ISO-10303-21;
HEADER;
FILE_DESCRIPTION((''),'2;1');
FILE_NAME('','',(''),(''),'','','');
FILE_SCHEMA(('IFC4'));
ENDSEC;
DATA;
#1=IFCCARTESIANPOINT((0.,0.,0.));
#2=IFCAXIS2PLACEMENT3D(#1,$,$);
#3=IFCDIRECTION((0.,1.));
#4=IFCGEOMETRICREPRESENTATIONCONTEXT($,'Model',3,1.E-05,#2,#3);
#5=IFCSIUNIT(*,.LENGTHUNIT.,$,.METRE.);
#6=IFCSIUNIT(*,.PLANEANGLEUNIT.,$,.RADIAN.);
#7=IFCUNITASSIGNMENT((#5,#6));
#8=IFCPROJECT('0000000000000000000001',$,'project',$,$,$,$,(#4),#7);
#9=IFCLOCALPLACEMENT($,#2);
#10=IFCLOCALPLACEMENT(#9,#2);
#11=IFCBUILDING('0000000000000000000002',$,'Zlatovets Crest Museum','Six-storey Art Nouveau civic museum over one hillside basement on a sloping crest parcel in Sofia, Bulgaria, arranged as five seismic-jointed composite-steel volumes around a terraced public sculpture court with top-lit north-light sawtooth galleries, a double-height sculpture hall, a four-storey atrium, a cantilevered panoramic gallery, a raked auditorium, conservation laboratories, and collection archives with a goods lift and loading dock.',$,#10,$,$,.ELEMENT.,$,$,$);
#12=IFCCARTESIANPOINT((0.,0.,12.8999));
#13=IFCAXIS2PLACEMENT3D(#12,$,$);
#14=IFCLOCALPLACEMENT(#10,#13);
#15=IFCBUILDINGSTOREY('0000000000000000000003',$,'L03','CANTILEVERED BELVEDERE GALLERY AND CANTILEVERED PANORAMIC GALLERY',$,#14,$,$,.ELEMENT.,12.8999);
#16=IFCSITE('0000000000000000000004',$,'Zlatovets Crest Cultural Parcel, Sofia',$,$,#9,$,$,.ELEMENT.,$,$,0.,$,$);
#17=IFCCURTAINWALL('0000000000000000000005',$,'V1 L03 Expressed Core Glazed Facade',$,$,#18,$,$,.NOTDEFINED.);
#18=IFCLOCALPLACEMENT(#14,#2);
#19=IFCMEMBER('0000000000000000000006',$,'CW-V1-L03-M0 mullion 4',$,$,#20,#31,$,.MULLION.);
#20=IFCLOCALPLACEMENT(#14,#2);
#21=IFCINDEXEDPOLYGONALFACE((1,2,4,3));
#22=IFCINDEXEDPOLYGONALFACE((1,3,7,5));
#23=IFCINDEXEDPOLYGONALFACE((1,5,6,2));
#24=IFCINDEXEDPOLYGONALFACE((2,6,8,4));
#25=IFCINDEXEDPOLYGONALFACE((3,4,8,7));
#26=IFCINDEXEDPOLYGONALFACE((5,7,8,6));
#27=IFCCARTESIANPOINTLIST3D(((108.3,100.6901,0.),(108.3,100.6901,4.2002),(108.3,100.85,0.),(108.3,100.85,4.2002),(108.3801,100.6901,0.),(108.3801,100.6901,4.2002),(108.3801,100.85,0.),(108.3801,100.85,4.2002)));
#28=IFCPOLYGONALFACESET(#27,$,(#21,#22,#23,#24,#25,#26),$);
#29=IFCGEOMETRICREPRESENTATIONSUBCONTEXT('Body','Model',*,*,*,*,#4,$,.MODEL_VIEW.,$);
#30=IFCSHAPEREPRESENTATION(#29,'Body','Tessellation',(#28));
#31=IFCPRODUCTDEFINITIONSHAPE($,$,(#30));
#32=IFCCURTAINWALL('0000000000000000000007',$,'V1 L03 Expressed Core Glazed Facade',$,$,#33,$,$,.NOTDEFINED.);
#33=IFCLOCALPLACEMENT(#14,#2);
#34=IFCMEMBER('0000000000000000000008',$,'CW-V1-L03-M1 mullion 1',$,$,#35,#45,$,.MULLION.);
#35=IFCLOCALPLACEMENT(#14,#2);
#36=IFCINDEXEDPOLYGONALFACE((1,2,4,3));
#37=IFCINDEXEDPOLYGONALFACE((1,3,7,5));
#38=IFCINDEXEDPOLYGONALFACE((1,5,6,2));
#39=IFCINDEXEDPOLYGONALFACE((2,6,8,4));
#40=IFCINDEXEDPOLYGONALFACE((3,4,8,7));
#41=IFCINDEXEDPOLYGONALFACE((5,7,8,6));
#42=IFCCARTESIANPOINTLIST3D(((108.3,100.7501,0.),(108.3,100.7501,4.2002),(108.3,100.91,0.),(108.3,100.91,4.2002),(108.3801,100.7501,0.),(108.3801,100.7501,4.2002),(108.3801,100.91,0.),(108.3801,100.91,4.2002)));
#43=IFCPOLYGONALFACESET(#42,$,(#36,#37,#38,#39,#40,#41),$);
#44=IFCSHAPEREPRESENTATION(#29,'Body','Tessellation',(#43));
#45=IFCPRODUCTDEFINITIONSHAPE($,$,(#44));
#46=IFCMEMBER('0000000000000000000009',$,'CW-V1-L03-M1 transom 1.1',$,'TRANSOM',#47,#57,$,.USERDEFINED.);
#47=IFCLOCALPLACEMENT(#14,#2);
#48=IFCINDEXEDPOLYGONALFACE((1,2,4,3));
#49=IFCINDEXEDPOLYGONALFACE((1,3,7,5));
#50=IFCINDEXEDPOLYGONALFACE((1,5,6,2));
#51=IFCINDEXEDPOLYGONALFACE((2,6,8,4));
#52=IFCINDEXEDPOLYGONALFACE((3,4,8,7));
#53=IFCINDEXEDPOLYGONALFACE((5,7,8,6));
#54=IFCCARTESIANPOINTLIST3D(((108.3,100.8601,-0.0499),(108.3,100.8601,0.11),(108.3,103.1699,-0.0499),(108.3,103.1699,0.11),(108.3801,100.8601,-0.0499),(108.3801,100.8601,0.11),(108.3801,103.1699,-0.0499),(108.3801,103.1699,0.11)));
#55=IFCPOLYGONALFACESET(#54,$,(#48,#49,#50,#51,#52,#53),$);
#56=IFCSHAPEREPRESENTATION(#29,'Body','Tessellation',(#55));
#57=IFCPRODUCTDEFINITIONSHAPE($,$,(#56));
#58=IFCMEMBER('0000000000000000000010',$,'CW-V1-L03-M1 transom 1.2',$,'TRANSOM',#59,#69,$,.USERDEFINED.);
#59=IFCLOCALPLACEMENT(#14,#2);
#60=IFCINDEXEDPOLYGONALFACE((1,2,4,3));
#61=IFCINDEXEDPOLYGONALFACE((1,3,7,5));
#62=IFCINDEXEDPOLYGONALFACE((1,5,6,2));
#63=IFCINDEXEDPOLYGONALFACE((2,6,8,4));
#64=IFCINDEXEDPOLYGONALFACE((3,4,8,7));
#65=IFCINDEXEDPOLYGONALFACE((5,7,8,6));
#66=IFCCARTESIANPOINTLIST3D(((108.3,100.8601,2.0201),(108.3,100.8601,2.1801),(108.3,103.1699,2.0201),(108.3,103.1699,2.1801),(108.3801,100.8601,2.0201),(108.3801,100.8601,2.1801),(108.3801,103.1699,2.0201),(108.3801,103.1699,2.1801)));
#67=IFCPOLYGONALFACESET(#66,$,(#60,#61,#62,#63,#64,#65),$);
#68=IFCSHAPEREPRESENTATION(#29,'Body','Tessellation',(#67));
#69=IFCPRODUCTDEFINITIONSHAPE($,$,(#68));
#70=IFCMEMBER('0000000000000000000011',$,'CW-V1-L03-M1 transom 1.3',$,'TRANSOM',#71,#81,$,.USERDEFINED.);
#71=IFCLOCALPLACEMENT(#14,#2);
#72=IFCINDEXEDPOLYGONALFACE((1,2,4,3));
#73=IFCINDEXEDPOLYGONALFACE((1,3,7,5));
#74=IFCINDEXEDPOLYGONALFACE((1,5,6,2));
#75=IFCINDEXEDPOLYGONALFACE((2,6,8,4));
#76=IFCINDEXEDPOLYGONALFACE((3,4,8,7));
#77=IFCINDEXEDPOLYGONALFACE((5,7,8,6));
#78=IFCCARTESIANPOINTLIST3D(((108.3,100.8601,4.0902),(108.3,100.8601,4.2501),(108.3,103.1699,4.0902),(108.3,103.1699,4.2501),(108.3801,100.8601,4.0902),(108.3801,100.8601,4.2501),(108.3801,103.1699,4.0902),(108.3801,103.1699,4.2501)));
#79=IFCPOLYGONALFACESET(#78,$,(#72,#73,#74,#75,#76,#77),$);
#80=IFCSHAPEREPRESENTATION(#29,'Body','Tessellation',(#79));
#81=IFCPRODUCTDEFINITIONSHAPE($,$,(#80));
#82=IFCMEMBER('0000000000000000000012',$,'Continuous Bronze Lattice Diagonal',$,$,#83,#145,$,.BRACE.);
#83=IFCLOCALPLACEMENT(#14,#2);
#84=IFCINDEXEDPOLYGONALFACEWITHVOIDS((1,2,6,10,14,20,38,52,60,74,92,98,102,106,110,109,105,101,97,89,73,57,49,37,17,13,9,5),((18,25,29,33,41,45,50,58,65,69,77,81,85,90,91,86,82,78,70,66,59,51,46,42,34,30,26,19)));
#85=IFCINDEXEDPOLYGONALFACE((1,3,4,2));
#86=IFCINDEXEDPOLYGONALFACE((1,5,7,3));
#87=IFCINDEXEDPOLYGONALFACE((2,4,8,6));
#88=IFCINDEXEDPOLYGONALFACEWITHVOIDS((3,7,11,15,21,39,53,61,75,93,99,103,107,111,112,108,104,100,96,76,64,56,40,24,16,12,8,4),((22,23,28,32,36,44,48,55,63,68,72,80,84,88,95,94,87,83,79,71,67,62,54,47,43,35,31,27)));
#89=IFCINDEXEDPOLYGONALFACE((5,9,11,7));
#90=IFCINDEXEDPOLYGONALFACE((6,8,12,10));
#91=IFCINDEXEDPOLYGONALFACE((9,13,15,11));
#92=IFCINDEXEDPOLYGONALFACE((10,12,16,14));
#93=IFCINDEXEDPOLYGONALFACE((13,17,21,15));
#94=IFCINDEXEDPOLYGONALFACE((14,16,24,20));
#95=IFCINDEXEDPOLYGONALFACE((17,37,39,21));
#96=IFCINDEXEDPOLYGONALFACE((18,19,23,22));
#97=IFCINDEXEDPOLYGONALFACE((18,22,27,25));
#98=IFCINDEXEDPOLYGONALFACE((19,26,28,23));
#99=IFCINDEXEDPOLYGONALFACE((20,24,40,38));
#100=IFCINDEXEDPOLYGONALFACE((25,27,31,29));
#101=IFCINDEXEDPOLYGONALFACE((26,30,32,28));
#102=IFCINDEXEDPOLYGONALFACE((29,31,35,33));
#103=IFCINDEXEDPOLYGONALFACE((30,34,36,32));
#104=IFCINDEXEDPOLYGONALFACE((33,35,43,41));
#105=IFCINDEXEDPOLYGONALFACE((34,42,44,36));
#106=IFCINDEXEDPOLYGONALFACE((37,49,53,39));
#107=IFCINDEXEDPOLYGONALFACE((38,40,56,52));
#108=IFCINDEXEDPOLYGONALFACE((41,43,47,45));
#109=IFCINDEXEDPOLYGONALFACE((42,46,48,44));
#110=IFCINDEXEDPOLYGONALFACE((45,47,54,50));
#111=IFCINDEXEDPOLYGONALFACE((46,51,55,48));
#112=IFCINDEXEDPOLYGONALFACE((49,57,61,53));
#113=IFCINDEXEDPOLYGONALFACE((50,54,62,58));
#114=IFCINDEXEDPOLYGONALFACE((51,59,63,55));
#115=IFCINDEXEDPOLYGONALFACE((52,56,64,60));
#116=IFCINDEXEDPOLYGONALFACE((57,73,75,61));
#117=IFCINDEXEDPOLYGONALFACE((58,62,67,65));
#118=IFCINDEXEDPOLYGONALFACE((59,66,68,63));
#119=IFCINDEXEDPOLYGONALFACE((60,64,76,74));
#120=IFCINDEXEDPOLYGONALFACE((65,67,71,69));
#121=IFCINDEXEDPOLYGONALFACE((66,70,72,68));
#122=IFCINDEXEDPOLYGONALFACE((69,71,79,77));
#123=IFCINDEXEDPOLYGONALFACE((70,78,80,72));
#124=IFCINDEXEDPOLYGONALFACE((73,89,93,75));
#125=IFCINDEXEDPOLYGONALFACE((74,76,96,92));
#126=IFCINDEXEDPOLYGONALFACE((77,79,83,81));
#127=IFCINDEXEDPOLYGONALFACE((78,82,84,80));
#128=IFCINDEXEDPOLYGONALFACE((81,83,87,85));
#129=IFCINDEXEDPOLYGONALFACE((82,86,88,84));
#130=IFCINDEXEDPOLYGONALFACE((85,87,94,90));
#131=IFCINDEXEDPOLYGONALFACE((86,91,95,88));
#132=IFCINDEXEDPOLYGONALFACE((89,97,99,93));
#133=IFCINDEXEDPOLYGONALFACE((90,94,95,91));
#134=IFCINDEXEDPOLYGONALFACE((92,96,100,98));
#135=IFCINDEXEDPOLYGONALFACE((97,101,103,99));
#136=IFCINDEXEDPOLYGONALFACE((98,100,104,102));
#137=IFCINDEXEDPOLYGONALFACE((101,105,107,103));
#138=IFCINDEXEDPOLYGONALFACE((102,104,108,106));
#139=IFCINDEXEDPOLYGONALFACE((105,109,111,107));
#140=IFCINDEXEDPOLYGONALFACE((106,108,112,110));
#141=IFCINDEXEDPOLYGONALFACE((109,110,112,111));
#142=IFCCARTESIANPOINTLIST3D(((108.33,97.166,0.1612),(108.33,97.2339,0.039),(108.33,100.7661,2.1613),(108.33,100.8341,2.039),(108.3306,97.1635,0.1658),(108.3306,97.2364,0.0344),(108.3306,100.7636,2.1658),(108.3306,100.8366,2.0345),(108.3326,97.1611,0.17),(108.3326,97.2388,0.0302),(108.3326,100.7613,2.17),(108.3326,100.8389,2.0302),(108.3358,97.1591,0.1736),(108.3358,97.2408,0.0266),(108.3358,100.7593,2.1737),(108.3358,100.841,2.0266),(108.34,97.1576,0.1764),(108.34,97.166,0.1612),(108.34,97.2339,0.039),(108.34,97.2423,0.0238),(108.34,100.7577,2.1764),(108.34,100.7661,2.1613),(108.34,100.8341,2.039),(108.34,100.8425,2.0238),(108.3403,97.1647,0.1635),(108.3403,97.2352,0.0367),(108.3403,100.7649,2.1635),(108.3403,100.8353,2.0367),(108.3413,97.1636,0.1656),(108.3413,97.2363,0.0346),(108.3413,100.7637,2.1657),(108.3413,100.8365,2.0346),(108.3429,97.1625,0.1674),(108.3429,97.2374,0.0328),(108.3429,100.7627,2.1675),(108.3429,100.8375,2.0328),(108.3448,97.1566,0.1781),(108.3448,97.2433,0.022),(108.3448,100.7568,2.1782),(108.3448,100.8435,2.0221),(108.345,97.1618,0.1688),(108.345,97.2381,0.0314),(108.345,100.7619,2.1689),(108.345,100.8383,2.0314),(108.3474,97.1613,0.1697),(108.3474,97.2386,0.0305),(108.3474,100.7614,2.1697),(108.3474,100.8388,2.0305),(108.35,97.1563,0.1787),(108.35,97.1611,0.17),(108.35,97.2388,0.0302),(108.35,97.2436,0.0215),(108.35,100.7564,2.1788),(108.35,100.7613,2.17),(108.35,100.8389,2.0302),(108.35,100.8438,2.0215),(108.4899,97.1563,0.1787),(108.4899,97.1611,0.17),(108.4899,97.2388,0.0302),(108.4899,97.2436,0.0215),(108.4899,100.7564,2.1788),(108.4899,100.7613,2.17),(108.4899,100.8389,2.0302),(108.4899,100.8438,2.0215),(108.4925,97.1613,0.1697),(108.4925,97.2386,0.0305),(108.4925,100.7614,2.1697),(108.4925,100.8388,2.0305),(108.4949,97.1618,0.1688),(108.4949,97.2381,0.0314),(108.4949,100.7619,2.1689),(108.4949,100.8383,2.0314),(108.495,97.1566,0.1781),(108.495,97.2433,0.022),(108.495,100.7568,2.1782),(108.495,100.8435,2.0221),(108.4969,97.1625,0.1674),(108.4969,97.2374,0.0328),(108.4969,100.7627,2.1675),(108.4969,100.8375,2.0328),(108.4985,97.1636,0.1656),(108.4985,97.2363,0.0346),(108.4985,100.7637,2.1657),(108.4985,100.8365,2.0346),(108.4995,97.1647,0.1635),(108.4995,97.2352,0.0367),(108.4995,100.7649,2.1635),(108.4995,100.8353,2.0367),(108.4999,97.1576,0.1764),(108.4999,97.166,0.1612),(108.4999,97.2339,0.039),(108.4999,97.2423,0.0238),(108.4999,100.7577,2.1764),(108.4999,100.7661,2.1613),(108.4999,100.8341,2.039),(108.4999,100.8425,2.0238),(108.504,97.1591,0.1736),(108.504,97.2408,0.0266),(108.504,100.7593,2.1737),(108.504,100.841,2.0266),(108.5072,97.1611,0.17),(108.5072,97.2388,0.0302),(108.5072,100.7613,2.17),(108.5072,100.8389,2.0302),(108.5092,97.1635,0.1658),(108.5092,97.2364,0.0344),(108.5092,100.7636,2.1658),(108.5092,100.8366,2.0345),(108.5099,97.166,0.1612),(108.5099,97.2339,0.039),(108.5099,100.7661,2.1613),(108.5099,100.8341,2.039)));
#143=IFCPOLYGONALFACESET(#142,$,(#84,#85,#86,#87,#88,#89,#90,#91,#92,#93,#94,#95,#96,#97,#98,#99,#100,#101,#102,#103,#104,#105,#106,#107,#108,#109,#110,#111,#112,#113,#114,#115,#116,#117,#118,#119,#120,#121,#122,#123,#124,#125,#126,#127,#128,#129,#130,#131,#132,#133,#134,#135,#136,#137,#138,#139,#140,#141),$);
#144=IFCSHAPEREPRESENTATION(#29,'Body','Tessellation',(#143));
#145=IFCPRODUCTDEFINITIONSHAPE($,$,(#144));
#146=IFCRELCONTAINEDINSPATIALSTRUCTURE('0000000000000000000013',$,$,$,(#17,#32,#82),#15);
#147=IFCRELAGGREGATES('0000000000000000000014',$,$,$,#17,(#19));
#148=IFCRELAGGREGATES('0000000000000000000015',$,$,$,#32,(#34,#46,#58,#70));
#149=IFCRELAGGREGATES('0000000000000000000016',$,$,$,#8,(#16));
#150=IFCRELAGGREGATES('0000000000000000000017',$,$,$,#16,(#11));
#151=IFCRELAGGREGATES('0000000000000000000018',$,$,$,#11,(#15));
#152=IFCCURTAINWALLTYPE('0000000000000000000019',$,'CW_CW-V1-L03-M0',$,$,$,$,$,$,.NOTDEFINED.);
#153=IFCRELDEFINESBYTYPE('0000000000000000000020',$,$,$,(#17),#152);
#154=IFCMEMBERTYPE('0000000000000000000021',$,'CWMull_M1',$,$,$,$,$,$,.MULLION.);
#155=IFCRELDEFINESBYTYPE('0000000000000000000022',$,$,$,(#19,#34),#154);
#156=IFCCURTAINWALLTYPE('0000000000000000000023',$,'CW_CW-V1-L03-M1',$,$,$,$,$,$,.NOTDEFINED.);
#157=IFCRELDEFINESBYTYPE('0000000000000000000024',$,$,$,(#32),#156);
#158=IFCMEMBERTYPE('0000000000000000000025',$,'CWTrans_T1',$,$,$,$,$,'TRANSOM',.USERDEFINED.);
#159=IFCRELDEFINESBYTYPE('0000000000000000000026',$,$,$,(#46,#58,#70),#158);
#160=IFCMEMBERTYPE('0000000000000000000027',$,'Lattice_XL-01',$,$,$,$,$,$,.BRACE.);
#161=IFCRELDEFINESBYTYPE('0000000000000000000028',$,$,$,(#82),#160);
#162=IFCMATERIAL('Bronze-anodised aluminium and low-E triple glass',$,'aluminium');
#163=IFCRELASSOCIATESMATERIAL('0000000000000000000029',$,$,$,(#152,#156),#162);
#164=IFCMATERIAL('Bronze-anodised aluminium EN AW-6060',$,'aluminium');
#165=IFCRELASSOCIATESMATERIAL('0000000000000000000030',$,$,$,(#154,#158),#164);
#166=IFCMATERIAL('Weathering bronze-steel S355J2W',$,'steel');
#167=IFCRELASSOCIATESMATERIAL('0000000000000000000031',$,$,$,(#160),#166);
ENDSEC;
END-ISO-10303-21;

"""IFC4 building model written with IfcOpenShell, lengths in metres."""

from ifc_helpers import new_model, si_unit, direction, frame, origin, origin_2d, place, context, subcontext, project, spatial, rectangle, hollow_rectangle, extrude, material, material_profile, profile_set, type_object, element, aggregate, save


model = new_model("IFC4")

# Units and contexts
model_context = context("Model", 3, precision=1e-05, world=origin(), true_north=direction((0.0, 1.0)))
body_context = subcontext(model_context, "Body", "Model", "MODEL_VIEW")
ifc_project = project(units=[si_unit("LENGTHUNIT", "METRE"), si_unit("PLANEANGLEUNIT", "RADIAN")], contexts=[model_context])

# Site, building, storey
site_placement = place(None, origin())
site = spatial("IfcSite", under=ifc_project, at=site_placement, Name="Zlatovets Crest Cultural Parcel, Sofia", CompositionType="ELEMENT", RefElevation=0.0)
building_placement = place(site_placement, origin())
building = spatial("IfcBuilding", under=site, at=building_placement, Name="Zlatovets Crest Museum", Description="Six-storey Art Nouveau civic museum over one hillside basement on a sloping crest parcel in Sofia, Bulgaria, arranged as five seismic-jointed composite-steel volumes around a terraced public sculpture court with top-lit north-light sawtooth galleries, a double-height sculpture hall, a four-storey atrium, a cantilevered panoramic gallery, a raked auditorium, conservation laboratories, and collection archives with a goods lift and loading dock.", CompositionType="ELEMENT")
storey_placement = place(building_placement, frame((0.0, 0.0, 12.8999)))
storey = spatial("IfcBuildingStorey", under=building, at=storey_placement, Name="L03", Description="CANTILEVERED BELVEDERE GALLERY AND CANTILEVERED PANORAMIC GALLERY", CompositionType="ELEMENT", Elevation=12.8999)

# Curtain wall, member
ifc_material_1 = material(Name="Bronze-anodised aluminium and low-E triple glass", Category="aluminium")
curtain_wall_type_1 = type_object("IfcCurtainWallType", Name="CW_CW-V1-L03-M0", PredefinedType="NOTDEFINED", material=ifc_material_1)
curtain_wall_1_placement = place(storey_placement, origin())
curtain_wall_1 = element("IfcCurtainWall", 1, at=curtain_wall_1_placement, inside=storey, type_object=curtain_wall_type_1, Name="V1 L03 Expressed Core Glazed Facade", PredefinedType="NOTDEFINED")
ifc_material_2 = material(Name="Bronze-anodised aluminium EN AW-6060", Category="aluminium")
ifc_material_profile_1 = material_profile(ifc_material_2, rectangle(XDim=0.0801, YDim=0.1599, at=origin_2d()), Name="ALU 80x160")
ifc_profile_set_1 = profile_set([ifc_material_profile_1], Name="Bronze-anodised aluminium EN AW-6060")
member_type_1 = type_object("IfcMemberType", Name="CWMull_M1", PredefinedType="MULLION", material=ifc_profile_set_1)
member_1_placement = place(storey_placement, frame((108.3401, 100.77, 0.0), z_axis=(0.0, 0.0, 1.0), x_axis=(-1.0, 0.0, 0.0)))
member_1 = element("IfcMember", 2, at=member_1_placement, type_object=member_type_1, Name="CW-V1-L03-M0 mullion 4", PredefinedType="MULLION", context=body_context, shape_type="SweptSolid", body=[
    extrude(rectangle(XDim=0.0801, YDim=0.1599, at=origin_2d()), origin(), (0.0, 0.0, 1.0), 4.2002),
])

# Curtain wall, members
curtain_wall_type_2 = type_object("IfcCurtainWallType", Name="CW_CW-V1-L03-M1", PredefinedType="NOTDEFINED", material=ifc_material_1)
curtain_wall_2_placement = place(storey_placement, origin())
curtain_wall_2 = element("IfcCurtainWall", 3, at=curtain_wall_2_placement, inside=storey, type_object=curtain_wall_type_2, Name="V1 L03 Expressed Core Glazed Facade", PredefinedType="NOTDEFINED")
member_2_placement = place(storey_placement, frame((108.3401, 100.8301, 0.0), z_axis=(0.0, 0.0, 1.0), x_axis=(-1.0, 0.0, 0.0)))
member_2 = element("IfcMember", 4, at=member_2_placement, type_object=member_type_1, Name="CW-V1-L03-M1 mullion 1", PredefinedType="MULLION", context=body_context, shape_type="SweptSolid", body=[
    extrude(rectangle(XDim=0.0801, YDim=0.1599, at=origin_2d()), origin(), (0.0, 0.0, 1.0), 4.2002),
])
ifc_material_profile_2 = material_profile(ifc_material_2, rectangle(XDim=0.0801, YDim=0.1599, at=origin_2d()), Name="ALU 80x160")
ifc_profile_set_2 = profile_set([ifc_material_profile_2], Name="Bronze-anodised aluminium EN AW-6060")
member_type_2 = type_object("IfcMemberType", Name="CWTrans_T1", ElementType="TRANSOM", PredefinedType="USERDEFINED", material=ifc_profile_set_2)
member_3_placement = place(storey_placement, frame((108.3401, 100.8601, 0.03), z_axis=(0.0, 1.0, 0.0), x_axis=(-1.0, 0.0, 0.0)))
member_3 = element("IfcMember", 5, at=member_3_placement, type_object=member_type_2, Name="CW-V1-L03-M1 transom 1.1", ObjectType="TRANSOM", PredefinedType="USERDEFINED", context=body_context, shape_type="SweptSolid", body=[
    extrude(rectangle(XDim=0.0801, YDim=0.1599, at=origin_2d()), origin(), (0.0, 0.0, 1.0), 2.3098),
])
member_4_placement = place(storey_placement, frame((108.3401, 100.8601, 2.1001), z_axis=(0.0, 1.0, 0.0), x_axis=(-1.0, 0.0, 0.0)))
member_4 = element("IfcMember", 6, at=member_4_placement, type_object=member_type_2, Name="CW-V1-L03-M1 transom 1.2", ObjectType="TRANSOM", PredefinedType="USERDEFINED", context=body_context, shape_type="SweptSolid", body=[
    extrude(rectangle(XDim=0.0801, YDim=0.1599, at=origin_2d()), origin(), (0.0, 0.0, 1.0), 2.3098),
])
member_5_placement = place(storey_placement, frame((108.3401, 100.8601, 4.1702), z_axis=(0.0, 1.0, 0.0), x_axis=(-1.0, 0.0, 0.0)))
member_5 = element("IfcMember", 7, at=member_5_placement, type_object=member_type_2, Name="CW-V1-L03-M1 transom 1.3", ObjectType="TRANSOM", PredefinedType="USERDEFINED", context=body_context, shape_type="SweptSolid", body=[
    extrude(rectangle(XDim=0.0801, YDim=0.1599, at=origin_2d()), origin(), (0.0, 0.0, 1.0), 2.3098),
])

# Member
ifc_material_3 = material(Name="Weathering bronze-steel S355J2W", Category="steel")
ifc_material_profile_3 = material_profile(ifc_material_3, hollow_rectangle(XDim=0.1799, YDim=0.1799, WallThickness=0.01, InnerFilletRadius=0.01, OuterFilletRadius=0.02, at=origin_2d()), Name="SHS 180x180x10.0")
ifc_profile_set_3 = profile_set([ifc_material_profile_3], Name="Weathering bronze-steel S355J2W")
member_type_3 = type_object("IfcMemberType", Name="Lattice_XL-01", PredefinedType="BRACE", material=ifc_profile_set_3)
member_6_placement = place(storey_placement, frame((108.4199, 97.2, 0.1001), z_axis=(0.0, 0.874163, 0.485633), x_axis=(-1.0, 0.0, 0.0)))
element("IfcMember", 8, at=member_6_placement, inside=storey, type_object=member_type_3, Name="Continuous Bronze Lattice Diagonal", PredefinedType="BRACE", context=body_context, shape_type="SweptSolid", body=[
    extrude(hollow_rectangle(XDim=0.1799, YDim=0.1799, WallThickness=0.01, InnerFilletRadius=0.01, OuterFilletRadius=0.02, at=origin_2d()), origin(), (0.0, 0.0, 1.0), 4.1184),
])

aggregate(curtain_wall_1, [member_1])
aggregate(curtain_wall_2, [member_2, member_3, member_4, member_5])

save(model, "model.ifc")
